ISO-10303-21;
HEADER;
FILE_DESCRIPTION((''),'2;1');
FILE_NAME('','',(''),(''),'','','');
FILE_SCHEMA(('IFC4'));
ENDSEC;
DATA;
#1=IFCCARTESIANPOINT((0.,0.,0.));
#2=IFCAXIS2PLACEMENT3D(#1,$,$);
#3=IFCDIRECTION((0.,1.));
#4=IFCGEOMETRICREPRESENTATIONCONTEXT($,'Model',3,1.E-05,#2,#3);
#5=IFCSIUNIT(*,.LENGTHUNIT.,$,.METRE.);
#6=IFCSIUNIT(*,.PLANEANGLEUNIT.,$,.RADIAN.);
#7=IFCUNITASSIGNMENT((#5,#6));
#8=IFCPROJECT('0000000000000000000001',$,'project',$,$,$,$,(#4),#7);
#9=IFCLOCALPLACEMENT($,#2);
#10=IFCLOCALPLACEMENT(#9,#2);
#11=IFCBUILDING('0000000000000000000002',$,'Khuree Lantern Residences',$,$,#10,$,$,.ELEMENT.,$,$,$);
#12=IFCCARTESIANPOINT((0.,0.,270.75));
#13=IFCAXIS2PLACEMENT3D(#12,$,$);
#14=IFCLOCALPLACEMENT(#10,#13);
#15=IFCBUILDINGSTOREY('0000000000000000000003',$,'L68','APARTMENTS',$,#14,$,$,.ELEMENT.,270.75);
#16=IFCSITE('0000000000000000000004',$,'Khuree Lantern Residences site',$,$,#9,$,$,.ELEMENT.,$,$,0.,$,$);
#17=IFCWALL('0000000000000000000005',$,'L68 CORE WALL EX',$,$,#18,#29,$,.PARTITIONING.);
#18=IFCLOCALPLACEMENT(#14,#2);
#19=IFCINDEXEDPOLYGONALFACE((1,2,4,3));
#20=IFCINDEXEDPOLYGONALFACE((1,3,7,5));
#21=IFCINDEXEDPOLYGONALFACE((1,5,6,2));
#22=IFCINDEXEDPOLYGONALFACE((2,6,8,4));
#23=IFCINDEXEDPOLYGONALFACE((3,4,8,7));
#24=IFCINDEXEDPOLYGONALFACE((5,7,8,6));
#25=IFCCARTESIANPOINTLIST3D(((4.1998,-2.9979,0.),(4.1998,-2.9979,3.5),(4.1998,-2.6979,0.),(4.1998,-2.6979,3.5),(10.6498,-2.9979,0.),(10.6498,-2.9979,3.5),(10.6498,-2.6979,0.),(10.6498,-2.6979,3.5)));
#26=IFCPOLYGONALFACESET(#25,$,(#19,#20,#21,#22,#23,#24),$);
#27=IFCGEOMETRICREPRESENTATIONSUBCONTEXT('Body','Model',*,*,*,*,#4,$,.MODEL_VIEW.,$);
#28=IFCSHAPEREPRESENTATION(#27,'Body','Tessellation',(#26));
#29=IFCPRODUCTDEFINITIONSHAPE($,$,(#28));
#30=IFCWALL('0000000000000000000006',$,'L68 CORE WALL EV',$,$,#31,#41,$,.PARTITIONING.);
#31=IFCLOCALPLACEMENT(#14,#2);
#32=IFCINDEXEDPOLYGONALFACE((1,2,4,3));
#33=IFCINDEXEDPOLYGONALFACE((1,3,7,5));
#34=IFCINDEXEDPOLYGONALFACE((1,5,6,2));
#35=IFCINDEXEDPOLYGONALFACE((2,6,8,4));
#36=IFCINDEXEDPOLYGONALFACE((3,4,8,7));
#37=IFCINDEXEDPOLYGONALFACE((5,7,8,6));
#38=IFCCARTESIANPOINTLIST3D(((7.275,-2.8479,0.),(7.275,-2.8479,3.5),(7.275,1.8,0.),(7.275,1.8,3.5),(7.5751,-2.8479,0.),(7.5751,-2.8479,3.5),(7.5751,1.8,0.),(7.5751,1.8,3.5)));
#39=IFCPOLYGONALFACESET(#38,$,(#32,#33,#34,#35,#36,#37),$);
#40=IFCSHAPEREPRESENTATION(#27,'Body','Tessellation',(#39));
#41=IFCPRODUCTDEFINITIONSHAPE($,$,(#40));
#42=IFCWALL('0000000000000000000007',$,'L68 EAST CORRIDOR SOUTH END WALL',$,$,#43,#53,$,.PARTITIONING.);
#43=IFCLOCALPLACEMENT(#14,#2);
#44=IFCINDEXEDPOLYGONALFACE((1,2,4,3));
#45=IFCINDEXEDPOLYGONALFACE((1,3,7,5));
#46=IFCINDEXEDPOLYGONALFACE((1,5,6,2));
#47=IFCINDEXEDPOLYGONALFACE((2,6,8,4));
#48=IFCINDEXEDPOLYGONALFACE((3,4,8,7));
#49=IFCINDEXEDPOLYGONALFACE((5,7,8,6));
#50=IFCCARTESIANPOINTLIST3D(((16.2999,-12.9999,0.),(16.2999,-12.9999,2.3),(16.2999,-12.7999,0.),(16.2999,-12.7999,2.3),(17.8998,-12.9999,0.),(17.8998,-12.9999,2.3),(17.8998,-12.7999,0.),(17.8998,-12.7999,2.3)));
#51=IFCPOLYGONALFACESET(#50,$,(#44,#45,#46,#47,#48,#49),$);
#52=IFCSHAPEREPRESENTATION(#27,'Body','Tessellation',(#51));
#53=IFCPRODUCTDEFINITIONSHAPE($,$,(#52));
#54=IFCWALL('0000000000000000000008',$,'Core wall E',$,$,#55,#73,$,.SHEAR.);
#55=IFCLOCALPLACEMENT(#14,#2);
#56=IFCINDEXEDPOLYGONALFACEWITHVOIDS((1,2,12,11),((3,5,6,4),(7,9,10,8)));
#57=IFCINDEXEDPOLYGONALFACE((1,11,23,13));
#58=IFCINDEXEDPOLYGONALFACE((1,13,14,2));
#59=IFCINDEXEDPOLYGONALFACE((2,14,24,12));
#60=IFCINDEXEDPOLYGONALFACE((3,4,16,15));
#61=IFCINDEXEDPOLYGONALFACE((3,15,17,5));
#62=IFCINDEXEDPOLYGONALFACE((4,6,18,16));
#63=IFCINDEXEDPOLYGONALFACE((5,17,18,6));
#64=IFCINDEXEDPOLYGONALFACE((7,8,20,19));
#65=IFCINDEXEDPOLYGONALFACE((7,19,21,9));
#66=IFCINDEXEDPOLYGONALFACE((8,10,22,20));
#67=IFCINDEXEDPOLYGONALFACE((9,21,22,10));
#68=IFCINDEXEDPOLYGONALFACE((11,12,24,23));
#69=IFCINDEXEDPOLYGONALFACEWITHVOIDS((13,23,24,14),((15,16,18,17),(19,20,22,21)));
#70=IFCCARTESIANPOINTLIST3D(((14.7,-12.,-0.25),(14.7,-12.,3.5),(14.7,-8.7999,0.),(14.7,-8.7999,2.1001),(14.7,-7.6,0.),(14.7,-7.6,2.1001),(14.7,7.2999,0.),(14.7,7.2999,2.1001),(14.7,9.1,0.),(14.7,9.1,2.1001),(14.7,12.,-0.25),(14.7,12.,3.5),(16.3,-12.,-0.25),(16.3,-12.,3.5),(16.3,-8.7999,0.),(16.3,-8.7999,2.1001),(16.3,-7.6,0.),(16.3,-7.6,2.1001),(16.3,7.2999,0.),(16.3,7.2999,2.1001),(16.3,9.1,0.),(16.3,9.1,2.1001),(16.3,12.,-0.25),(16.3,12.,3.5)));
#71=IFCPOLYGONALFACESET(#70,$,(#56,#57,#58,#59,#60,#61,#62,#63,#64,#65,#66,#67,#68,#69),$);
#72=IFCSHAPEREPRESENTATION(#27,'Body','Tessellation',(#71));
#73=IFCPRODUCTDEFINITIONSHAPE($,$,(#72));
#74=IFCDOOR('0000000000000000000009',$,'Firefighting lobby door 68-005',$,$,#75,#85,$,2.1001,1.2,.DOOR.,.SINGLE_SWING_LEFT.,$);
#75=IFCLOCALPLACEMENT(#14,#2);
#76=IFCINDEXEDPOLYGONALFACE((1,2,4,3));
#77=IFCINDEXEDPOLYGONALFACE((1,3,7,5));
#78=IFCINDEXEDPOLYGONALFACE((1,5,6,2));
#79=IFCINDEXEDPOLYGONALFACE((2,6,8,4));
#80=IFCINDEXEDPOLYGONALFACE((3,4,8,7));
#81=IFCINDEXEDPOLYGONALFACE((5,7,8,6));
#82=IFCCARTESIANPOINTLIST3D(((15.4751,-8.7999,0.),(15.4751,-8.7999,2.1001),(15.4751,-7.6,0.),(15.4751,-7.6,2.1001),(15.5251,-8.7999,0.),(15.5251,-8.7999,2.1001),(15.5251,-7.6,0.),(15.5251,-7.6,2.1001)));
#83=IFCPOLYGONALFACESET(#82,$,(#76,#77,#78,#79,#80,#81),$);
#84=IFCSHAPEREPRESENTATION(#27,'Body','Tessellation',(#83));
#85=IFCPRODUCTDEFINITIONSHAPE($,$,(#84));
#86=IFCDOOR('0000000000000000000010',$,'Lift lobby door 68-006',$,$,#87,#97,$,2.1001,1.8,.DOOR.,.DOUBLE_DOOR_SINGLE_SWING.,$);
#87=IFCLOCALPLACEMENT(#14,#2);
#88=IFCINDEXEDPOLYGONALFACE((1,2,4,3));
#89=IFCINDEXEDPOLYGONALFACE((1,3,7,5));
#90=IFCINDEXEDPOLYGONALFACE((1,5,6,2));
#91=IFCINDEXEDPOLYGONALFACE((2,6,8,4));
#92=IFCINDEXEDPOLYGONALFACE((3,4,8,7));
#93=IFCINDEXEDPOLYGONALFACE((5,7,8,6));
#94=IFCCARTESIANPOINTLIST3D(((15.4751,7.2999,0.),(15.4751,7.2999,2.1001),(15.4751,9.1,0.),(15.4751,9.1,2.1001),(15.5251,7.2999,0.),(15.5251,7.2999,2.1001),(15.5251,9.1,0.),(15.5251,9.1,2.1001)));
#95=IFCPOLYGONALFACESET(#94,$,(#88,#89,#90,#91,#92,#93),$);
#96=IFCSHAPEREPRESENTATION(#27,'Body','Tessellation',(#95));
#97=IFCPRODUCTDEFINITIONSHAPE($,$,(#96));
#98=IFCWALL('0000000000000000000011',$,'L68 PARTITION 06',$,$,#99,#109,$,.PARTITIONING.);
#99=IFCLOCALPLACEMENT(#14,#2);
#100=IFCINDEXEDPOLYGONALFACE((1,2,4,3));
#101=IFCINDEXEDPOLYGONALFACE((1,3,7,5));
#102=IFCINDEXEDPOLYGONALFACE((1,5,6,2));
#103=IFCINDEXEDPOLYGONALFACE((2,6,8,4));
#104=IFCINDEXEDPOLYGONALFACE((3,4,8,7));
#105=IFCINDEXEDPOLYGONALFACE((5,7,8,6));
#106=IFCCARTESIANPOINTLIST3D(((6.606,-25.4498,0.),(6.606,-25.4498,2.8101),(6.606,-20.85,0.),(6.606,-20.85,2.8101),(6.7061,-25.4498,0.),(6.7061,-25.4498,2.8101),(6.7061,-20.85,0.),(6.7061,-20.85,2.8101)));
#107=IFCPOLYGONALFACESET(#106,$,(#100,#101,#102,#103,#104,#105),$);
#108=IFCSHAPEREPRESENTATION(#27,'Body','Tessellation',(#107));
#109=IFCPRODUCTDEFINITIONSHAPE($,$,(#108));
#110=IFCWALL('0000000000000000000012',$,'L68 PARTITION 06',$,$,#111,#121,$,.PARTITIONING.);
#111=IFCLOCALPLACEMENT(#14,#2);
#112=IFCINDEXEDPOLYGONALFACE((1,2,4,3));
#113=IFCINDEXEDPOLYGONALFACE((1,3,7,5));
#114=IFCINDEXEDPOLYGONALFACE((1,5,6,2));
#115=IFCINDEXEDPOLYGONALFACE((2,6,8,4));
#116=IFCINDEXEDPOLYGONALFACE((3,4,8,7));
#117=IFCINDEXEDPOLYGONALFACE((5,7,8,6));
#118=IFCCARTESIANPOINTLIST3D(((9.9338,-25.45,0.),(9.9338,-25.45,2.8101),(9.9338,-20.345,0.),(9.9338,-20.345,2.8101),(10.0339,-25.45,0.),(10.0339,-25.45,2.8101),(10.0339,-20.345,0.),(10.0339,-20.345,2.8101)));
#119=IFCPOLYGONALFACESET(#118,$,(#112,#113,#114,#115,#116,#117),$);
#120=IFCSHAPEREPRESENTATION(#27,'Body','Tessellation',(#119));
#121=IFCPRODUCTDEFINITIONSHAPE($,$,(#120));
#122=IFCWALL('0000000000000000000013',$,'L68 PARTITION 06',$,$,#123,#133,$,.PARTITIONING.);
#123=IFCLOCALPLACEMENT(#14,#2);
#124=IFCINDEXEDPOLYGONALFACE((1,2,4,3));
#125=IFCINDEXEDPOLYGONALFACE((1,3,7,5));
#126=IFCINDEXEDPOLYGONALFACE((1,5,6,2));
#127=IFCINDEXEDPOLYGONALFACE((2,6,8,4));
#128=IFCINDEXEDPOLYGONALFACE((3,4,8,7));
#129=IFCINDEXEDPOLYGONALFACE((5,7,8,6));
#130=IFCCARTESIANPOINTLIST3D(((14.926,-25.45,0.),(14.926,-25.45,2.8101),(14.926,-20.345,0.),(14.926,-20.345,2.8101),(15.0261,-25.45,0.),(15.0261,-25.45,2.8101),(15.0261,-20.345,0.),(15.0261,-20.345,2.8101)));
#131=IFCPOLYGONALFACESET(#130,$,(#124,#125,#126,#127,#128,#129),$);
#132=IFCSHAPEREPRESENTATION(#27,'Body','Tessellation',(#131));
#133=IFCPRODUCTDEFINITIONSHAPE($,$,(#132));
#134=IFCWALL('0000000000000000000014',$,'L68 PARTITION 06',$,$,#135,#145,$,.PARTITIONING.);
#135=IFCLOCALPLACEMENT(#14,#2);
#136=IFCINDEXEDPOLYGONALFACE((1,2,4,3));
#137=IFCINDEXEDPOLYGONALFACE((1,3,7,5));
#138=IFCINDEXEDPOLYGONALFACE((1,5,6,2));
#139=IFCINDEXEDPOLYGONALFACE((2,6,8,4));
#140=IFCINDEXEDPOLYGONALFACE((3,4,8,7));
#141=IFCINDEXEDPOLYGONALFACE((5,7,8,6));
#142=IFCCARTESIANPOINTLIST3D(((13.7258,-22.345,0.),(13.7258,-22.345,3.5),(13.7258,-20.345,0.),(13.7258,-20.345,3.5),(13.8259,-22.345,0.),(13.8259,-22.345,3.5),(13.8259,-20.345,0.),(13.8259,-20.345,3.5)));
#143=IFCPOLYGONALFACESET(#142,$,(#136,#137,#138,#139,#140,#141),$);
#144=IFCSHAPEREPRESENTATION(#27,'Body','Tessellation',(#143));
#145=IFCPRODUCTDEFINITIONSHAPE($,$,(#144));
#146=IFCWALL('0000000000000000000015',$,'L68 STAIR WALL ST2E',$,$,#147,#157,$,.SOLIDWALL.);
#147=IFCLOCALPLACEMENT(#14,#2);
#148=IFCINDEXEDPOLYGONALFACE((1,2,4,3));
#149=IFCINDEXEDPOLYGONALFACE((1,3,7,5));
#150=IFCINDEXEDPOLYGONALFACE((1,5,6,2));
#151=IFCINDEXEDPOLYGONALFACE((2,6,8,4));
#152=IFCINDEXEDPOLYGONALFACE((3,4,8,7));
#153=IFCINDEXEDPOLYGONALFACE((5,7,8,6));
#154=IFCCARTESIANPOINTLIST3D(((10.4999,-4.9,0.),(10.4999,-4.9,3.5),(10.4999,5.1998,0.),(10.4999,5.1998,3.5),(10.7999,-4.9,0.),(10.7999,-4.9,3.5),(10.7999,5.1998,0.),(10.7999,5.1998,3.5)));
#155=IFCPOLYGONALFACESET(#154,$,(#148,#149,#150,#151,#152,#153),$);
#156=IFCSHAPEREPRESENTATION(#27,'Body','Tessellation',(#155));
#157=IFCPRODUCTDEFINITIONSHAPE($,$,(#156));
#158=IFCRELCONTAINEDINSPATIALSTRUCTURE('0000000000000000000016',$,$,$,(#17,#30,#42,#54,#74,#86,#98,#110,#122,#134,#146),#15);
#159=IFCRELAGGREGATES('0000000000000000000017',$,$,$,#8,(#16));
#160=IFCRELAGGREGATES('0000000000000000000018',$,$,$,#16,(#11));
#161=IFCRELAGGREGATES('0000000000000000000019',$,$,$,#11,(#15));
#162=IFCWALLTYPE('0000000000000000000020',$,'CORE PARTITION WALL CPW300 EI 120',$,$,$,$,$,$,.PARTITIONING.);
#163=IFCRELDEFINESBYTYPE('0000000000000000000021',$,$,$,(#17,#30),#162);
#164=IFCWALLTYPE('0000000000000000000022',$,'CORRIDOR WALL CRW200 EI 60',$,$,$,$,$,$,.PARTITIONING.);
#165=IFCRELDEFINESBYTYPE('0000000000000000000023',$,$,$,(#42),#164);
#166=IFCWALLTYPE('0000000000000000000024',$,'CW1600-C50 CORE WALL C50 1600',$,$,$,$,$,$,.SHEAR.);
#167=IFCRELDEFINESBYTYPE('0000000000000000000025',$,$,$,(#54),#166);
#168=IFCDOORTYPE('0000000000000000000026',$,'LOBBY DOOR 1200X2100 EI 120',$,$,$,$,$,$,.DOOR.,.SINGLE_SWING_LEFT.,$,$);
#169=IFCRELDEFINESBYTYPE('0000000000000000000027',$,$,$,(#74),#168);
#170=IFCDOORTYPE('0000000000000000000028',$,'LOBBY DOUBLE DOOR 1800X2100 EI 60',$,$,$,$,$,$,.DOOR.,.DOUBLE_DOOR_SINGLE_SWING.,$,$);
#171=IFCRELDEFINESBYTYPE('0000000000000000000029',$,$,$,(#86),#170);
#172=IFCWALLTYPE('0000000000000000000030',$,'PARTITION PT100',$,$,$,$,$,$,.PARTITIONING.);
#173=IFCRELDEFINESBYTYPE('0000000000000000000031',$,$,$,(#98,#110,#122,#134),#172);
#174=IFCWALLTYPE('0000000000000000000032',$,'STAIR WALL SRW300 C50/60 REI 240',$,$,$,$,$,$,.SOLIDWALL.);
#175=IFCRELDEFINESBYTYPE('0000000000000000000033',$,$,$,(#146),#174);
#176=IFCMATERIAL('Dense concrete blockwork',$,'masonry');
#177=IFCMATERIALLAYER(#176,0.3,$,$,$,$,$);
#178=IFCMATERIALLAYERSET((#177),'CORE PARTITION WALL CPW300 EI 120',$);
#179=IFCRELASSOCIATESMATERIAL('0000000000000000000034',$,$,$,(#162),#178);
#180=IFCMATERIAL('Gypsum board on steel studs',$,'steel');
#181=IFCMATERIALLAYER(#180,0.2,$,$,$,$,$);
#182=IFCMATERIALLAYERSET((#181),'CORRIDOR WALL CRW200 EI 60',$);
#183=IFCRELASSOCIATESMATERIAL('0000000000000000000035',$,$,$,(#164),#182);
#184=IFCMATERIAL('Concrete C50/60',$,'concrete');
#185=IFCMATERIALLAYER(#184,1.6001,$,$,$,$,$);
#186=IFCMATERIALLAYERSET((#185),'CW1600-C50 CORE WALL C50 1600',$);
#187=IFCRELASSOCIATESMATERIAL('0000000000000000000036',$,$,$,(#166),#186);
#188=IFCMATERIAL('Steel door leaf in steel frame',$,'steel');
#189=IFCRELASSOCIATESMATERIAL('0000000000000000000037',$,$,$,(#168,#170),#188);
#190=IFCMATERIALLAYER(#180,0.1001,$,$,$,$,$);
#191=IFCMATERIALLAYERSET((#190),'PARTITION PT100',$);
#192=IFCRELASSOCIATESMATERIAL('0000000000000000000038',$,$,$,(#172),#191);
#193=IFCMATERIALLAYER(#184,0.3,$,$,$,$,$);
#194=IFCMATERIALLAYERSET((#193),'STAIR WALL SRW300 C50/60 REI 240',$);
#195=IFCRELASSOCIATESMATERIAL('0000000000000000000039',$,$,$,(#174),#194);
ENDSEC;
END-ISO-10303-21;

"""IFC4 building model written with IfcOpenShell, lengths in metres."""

from ifc_helpers import new_model, si_unit, direction, frame, frame_2d, origin, place, context, subcontext, project, spatial, rectangle, extrude, material, layer, layer_set, type_object, element, fill, save


model = new_model("IFC4")

# Units and contexts
model_context = context("Model", 3, precision=1e-05, world=origin(), true_north=direction((0.0, 1.0)))
body_context = subcontext(model_context, "Body", "Model", "MODEL_VIEW")
ifc_project = project(units=[si_unit("LENGTHUNIT", "METRE"), si_unit("PLANEANGLEUNIT", "RADIAN")], contexts=[model_context])

# Site, building, storey
site_placement = place(None, origin())
site = spatial("IfcSite", under=ifc_project, at=site_placement, Name="Khuree Lantern Residences site", CompositionType="ELEMENT", RefElevation=0.0)
building_placement = place(site_placement, origin())
building = spatial("IfcBuilding", under=site, at=building_placement, Name="Khuree Lantern Residences", CompositionType="ELEMENT")
storey_placement = place(building_placement, frame((0.0, 0.0, 270.75)))
storey = spatial("IfcBuildingStorey", under=building, at=storey_placement, Name="L68", Description="APARTMENTS", CompositionType="ELEMENT", Elevation=270.75)

# Shared definitions
ifc_material_1 = material(Name="Concrete C50/60", Category="concrete")

# Shared definitions
ifc_material_2 = material(Name="Dense concrete blockwork", Category="masonry")
ifc_layer_1 = layer(ifc_material_2, 0.3)
ifc_layer_set_1 = layer_set([ifc_layer_1], Name="CORE PARTITION WALL CPW300 EI 120")
wall_type_1 = type_object("IfcWallType", Name="CORE PARTITION WALL CPW300 EI 120", PredefinedType="PARTITIONING", material=ifc_layer_set_1)

# Walls
wall_1_placement = place(storey_placement, frame((10.6499, -2.8479, 0.0), z_axis=(0.0, 0.0, 1.0), x_axis=(-1.0, 0.0, 0.0)))
element("IfcWall", 1, at=wall_1_placement, inside=storey, type_object=wall_type_1, Name="L68 CORE WALL EX", PredefinedType="PARTITIONING", context=body_context, shape_type="SweptSolid", body=[
    extrude(rectangle(XDim=6.45, YDim=0.3, at=frame_2d((3.2251, 0.0))), origin(), (0.0, 0.0, 1.0), 3.5),
])
wall_2_placement = place(storey_placement, frame((7.425, -2.8479, 0.0), z_axis=(0.0, 0.0, 1.0), x_axis=(0.0, 1.0, 0.0)))
element("IfcWall", 2, at=wall_2_placement, inside=storey, type_object=wall_type_1, Name="L68 CORE WALL EV", PredefinedType="PARTITIONING", context=body_context, shape_type="SweptSolid", body=[
    extrude(rectangle(XDim=4.6479, YDim=0.3, at=frame_2d((2.324, 0.0))), origin(), (0.0, 0.0, 1.0), 3.5),
])
ifc_material_3 = material(Name="Gypsum board on steel studs", Category="steel")
ifc_layer_2 = layer(ifc_material_3, 0.2)
ifc_layer_set_2 = layer_set([ifc_layer_2], Name="CORRIDOR WALL CRW200 EI 60")
wall_type_2 = type_object("IfcWallType", Name="CORRIDOR WALL CRW200 EI 60", PredefinedType="PARTITIONING", material=ifc_layer_set_2)
wall_3_placement = place(storey_placement, frame((16.3, -12.8999, 0.0), z_axis=(0.0, 0.0, 1.0), x_axis=(1.0, 0.0, 0.0)))
element("IfcWall", 3, at=wall_3_placement, inside=storey, type_object=wall_type_2, Name="L68 EAST CORRIDOR SOUTH END WALL", PredefinedType="PARTITIONING", context=body_context, shape_type="SweptSolid", body=[
    extrude(rectangle(XDim=1.5999, YDim=0.2, at=frame_2d((0.7998, 0.0))), origin(), (0.0, 0.0, 1.0), 2.3),
])

# Wall, openings, doors
ifc_layer_3 = layer(ifc_material_1, 1.6001)
ifc_layer_set_3 = layer_set([ifc_layer_3], Name="CW1600-C50 CORE WALL C50 1600")
wall_type_3 = type_object("IfcWallType", Name="CW1600-C50 CORE WALL C50 1600", PredefinedType="SHEAR", material=ifc_layer_set_3)
wall_4_placement = place(storey_placement, frame((15.5, -12.0, -0.25), z_axis=(0.0, 0.0, 1.0), x_axis=(0.0, 1.0, 0.0)))
wall_4 = element("IfcWall", 4, at=wall_4_placement, inside=storey, type_object=wall_type_3, Name="Core wall E", PredefinedType="SHEAR", context=body_context, shape_type="SweptSolid", body=[
    extrude(rectangle(XDim=24.0, YDim=1.6001, at=frame_2d((12.0, 0.0))), origin(), (0.0, 0.0, 1.0), 3.75),
])
opening_1_placement = place(wall_4_placement, frame((3.2, 0.0, 0.25)))
opening_1 = element("IfcOpeningElement", 5, at=opening_1_placement, cuts=wall_4, PredefinedType="OPENING", context=body_context, shape_type="SweptSolid", body=[
    extrude(rectangle(XDim=1.2, YDim=2.1001, at=frame_2d((0.6001, 1.05))), frame((0.0, 0.8101, 0.0), z_axis=(0.0, -1.0, 0.0), x_axis=(1.0, 0.0, 0.0)), (0.0, 0.0, 1.0), 1.6201),
])
opening_2_placement = place(wall_4_placement, frame((19.3, 0.0, 0.25)))
opening_2 = element("IfcOpeningElement", 6, at=opening_2_placement, cuts=wall_4, PredefinedType="OPENING", context=body_context, shape_type="SweptSolid", body=[
    extrude(rectangle(XDim=1.8, YDim=2.1001, at=frame_2d((0.8999, 1.05))), frame((0.0, 0.8101, 0.0), z_axis=(0.0, -1.0, 0.0), x_axis=(1.0, 0.0, 0.0)), (0.0, 0.0, 1.0), 1.6201),
])
ifc_material_4 = material(Name="Steel door leaf in steel frame", Category="steel")
door_type_1 = type_object("IfcDoorType", Name="LOBBY DOOR 1200X2100 EI 120", OperationType="SINGLE_SWING_LEFT", PredefinedType="DOOR", material=ifc_material_4)
door_1_placement = place(opening_1_placement, origin())
door_1 = element("IfcDoor", 7, at=door_1_placement, inside=storey, type_object=door_type_1, Name="Firefighting lobby door 68-005", OperationType="SINGLE_SWING_LEFT", OverallHeight=2.1001, OverallWidth=1.2, PredefinedType="DOOR", context=body_context, shape_type="SweptSolid", body=[
    extrude(rectangle(XDim=1.2, YDim=2.1001, at=frame_2d((0.6001, 1.05))), frame((0.0, 0.0249, 0.0), z_axis=(0.0, -1.0, 0.0), x_axis=(1.0, 0.0, 0.0)), (0.0, 0.0, 1.0), 0.05),
])
fill(opening_1, door_1)
door_type_2 = type_object("IfcDoorType", Name="LOBBY DOUBLE DOOR 1800X2100 EI 60", OperationType="DOUBLE_DOOR_SINGLE_SWING", PredefinedType="DOOR", material=ifc_material_4)
door_2_placement = place(opening_2_placement, origin())
door_2 = element("IfcDoor", 8, at=door_2_placement, inside=storey, type_object=door_type_2, Name="Lift lobby door 68-006", OperationType="DOUBLE_DOOR_SINGLE_SWING", OverallHeight=2.1001, OverallWidth=1.8, PredefinedType="DOOR", context=body_context, shape_type="SweptSolid", body=[
    extrude(rectangle(XDim=1.8, YDim=2.1001, at=frame_2d((0.8999, 1.05))), frame((0.0, 0.0249, 0.0), z_axis=(0.0, -1.0, 0.0), x_axis=(1.0, 0.0, 0.0)), (0.0, 0.0, 1.0), 0.05),
])
fill(opening_2, door_2)

# Walls
ifc_layer_4 = layer(ifc_material_3, 0.1001)
ifc_layer_set_4 = layer_set([ifc_layer_4], Name="PARTITION PT100")
wall_type_4 = type_object("IfcWallType", Name="PARTITION PT100", PredefinedType="PARTITIONING", material=ifc_layer_set_4)
wall_5_placement = place(storey_placement, frame((6.656, -20.8501, 0.0), z_axis=(0.0, 0.0, 1.0), x_axis=(0.0, -1.0, 0.0)))
element("IfcWall", 9, at=wall_5_placement, inside=storey, type_object=wall_type_4, Name="L68 PARTITION 06", PredefinedType="PARTITIONING", context=body_context, shape_type="SweptSolid", body=[
    extrude(rectangle(XDim=4.5999, YDim=0.1001, at=frame_2d((2.2998, 0.0))), origin(), (0.0, 0.0, 1.0), 2.8101),
])
for number, where, z_axis, x_axis, name in (
    (10, (9.9839, -20.345, 0.0), (0.0, 0.0, 1.0), (0.0, -1.0, 0.0), "L68 PARTITION 06"),
    (11, (14.9761, -20.345, 0.0), (0.0, 0.0, 1.0), (0.0, -1.0, 0.0), "L68 PARTITION 06"),
):
    element("IfcWall", number, at=place(storey_placement, frame(where, z_axis=z_axis, x_axis=x_axis)), inside=storey, type_object=wall_type_4, Name=name, PredefinedType="PARTITIONING", context=body_context, shape_type="SweptSolid", body=[
        extrude(rectangle(XDim=5.105, YDim=0.1001, at=frame_2d((2.5525, 0.0))), origin(), (0.0, 0.0, 1.0), 2.8101),
    ])
wall_6_placement = place(storey_placement, frame((13.7759, -20.345, 0.0), z_axis=(0.0, 0.0, 1.0), x_axis=(0.0, -1.0, 0.0)))
element("IfcWall", 12, at=wall_6_placement, inside=storey, type_object=wall_type_4, Name="L68 PARTITION 06", PredefinedType="PARTITIONING", context=body_context, shape_type="SweptSolid", body=[
    extrude(rectangle(XDim=2.0, YDim=0.1001, at=frame_2d((1.0, 0.0))), origin(), (0.0, 0.0, 1.0), 3.5),
])
ifc_layer_5 = layer(ifc_material_1, 0.3)
ifc_layer_set_5 = layer_set([ifc_layer_5], Name="STAIR WALL SRW300 C50/60 REI 240")
wall_type_5 = type_object("IfcWallType", Name="STAIR WALL SRW300 C50/60 REI 240", PredefinedType="SOLIDWALL", material=ifc_layer_set_5)
wall_7_placement = place(storey_placement, frame((10.6499, -4.8999, 0.0), z_axis=(0.0, 0.0, 1.0), x_axis=(0.0, 1.0, 0.0)))
element("IfcWall", 13, at=wall_7_placement, inside=storey, type_object=wall_type_5, Name="L68 STAIR WALL ST2E", PredefinedType="SOLIDWALL", context=body_context, shape_type="SweptSolid", body=[
    extrude(rectangle(XDim=10.0999, YDim=0.3, at=frame_2d((5.0498, 0.0))), origin(), (0.0, 0.0, 1.0), 3.5),
])

save(model, "model.ifc")
